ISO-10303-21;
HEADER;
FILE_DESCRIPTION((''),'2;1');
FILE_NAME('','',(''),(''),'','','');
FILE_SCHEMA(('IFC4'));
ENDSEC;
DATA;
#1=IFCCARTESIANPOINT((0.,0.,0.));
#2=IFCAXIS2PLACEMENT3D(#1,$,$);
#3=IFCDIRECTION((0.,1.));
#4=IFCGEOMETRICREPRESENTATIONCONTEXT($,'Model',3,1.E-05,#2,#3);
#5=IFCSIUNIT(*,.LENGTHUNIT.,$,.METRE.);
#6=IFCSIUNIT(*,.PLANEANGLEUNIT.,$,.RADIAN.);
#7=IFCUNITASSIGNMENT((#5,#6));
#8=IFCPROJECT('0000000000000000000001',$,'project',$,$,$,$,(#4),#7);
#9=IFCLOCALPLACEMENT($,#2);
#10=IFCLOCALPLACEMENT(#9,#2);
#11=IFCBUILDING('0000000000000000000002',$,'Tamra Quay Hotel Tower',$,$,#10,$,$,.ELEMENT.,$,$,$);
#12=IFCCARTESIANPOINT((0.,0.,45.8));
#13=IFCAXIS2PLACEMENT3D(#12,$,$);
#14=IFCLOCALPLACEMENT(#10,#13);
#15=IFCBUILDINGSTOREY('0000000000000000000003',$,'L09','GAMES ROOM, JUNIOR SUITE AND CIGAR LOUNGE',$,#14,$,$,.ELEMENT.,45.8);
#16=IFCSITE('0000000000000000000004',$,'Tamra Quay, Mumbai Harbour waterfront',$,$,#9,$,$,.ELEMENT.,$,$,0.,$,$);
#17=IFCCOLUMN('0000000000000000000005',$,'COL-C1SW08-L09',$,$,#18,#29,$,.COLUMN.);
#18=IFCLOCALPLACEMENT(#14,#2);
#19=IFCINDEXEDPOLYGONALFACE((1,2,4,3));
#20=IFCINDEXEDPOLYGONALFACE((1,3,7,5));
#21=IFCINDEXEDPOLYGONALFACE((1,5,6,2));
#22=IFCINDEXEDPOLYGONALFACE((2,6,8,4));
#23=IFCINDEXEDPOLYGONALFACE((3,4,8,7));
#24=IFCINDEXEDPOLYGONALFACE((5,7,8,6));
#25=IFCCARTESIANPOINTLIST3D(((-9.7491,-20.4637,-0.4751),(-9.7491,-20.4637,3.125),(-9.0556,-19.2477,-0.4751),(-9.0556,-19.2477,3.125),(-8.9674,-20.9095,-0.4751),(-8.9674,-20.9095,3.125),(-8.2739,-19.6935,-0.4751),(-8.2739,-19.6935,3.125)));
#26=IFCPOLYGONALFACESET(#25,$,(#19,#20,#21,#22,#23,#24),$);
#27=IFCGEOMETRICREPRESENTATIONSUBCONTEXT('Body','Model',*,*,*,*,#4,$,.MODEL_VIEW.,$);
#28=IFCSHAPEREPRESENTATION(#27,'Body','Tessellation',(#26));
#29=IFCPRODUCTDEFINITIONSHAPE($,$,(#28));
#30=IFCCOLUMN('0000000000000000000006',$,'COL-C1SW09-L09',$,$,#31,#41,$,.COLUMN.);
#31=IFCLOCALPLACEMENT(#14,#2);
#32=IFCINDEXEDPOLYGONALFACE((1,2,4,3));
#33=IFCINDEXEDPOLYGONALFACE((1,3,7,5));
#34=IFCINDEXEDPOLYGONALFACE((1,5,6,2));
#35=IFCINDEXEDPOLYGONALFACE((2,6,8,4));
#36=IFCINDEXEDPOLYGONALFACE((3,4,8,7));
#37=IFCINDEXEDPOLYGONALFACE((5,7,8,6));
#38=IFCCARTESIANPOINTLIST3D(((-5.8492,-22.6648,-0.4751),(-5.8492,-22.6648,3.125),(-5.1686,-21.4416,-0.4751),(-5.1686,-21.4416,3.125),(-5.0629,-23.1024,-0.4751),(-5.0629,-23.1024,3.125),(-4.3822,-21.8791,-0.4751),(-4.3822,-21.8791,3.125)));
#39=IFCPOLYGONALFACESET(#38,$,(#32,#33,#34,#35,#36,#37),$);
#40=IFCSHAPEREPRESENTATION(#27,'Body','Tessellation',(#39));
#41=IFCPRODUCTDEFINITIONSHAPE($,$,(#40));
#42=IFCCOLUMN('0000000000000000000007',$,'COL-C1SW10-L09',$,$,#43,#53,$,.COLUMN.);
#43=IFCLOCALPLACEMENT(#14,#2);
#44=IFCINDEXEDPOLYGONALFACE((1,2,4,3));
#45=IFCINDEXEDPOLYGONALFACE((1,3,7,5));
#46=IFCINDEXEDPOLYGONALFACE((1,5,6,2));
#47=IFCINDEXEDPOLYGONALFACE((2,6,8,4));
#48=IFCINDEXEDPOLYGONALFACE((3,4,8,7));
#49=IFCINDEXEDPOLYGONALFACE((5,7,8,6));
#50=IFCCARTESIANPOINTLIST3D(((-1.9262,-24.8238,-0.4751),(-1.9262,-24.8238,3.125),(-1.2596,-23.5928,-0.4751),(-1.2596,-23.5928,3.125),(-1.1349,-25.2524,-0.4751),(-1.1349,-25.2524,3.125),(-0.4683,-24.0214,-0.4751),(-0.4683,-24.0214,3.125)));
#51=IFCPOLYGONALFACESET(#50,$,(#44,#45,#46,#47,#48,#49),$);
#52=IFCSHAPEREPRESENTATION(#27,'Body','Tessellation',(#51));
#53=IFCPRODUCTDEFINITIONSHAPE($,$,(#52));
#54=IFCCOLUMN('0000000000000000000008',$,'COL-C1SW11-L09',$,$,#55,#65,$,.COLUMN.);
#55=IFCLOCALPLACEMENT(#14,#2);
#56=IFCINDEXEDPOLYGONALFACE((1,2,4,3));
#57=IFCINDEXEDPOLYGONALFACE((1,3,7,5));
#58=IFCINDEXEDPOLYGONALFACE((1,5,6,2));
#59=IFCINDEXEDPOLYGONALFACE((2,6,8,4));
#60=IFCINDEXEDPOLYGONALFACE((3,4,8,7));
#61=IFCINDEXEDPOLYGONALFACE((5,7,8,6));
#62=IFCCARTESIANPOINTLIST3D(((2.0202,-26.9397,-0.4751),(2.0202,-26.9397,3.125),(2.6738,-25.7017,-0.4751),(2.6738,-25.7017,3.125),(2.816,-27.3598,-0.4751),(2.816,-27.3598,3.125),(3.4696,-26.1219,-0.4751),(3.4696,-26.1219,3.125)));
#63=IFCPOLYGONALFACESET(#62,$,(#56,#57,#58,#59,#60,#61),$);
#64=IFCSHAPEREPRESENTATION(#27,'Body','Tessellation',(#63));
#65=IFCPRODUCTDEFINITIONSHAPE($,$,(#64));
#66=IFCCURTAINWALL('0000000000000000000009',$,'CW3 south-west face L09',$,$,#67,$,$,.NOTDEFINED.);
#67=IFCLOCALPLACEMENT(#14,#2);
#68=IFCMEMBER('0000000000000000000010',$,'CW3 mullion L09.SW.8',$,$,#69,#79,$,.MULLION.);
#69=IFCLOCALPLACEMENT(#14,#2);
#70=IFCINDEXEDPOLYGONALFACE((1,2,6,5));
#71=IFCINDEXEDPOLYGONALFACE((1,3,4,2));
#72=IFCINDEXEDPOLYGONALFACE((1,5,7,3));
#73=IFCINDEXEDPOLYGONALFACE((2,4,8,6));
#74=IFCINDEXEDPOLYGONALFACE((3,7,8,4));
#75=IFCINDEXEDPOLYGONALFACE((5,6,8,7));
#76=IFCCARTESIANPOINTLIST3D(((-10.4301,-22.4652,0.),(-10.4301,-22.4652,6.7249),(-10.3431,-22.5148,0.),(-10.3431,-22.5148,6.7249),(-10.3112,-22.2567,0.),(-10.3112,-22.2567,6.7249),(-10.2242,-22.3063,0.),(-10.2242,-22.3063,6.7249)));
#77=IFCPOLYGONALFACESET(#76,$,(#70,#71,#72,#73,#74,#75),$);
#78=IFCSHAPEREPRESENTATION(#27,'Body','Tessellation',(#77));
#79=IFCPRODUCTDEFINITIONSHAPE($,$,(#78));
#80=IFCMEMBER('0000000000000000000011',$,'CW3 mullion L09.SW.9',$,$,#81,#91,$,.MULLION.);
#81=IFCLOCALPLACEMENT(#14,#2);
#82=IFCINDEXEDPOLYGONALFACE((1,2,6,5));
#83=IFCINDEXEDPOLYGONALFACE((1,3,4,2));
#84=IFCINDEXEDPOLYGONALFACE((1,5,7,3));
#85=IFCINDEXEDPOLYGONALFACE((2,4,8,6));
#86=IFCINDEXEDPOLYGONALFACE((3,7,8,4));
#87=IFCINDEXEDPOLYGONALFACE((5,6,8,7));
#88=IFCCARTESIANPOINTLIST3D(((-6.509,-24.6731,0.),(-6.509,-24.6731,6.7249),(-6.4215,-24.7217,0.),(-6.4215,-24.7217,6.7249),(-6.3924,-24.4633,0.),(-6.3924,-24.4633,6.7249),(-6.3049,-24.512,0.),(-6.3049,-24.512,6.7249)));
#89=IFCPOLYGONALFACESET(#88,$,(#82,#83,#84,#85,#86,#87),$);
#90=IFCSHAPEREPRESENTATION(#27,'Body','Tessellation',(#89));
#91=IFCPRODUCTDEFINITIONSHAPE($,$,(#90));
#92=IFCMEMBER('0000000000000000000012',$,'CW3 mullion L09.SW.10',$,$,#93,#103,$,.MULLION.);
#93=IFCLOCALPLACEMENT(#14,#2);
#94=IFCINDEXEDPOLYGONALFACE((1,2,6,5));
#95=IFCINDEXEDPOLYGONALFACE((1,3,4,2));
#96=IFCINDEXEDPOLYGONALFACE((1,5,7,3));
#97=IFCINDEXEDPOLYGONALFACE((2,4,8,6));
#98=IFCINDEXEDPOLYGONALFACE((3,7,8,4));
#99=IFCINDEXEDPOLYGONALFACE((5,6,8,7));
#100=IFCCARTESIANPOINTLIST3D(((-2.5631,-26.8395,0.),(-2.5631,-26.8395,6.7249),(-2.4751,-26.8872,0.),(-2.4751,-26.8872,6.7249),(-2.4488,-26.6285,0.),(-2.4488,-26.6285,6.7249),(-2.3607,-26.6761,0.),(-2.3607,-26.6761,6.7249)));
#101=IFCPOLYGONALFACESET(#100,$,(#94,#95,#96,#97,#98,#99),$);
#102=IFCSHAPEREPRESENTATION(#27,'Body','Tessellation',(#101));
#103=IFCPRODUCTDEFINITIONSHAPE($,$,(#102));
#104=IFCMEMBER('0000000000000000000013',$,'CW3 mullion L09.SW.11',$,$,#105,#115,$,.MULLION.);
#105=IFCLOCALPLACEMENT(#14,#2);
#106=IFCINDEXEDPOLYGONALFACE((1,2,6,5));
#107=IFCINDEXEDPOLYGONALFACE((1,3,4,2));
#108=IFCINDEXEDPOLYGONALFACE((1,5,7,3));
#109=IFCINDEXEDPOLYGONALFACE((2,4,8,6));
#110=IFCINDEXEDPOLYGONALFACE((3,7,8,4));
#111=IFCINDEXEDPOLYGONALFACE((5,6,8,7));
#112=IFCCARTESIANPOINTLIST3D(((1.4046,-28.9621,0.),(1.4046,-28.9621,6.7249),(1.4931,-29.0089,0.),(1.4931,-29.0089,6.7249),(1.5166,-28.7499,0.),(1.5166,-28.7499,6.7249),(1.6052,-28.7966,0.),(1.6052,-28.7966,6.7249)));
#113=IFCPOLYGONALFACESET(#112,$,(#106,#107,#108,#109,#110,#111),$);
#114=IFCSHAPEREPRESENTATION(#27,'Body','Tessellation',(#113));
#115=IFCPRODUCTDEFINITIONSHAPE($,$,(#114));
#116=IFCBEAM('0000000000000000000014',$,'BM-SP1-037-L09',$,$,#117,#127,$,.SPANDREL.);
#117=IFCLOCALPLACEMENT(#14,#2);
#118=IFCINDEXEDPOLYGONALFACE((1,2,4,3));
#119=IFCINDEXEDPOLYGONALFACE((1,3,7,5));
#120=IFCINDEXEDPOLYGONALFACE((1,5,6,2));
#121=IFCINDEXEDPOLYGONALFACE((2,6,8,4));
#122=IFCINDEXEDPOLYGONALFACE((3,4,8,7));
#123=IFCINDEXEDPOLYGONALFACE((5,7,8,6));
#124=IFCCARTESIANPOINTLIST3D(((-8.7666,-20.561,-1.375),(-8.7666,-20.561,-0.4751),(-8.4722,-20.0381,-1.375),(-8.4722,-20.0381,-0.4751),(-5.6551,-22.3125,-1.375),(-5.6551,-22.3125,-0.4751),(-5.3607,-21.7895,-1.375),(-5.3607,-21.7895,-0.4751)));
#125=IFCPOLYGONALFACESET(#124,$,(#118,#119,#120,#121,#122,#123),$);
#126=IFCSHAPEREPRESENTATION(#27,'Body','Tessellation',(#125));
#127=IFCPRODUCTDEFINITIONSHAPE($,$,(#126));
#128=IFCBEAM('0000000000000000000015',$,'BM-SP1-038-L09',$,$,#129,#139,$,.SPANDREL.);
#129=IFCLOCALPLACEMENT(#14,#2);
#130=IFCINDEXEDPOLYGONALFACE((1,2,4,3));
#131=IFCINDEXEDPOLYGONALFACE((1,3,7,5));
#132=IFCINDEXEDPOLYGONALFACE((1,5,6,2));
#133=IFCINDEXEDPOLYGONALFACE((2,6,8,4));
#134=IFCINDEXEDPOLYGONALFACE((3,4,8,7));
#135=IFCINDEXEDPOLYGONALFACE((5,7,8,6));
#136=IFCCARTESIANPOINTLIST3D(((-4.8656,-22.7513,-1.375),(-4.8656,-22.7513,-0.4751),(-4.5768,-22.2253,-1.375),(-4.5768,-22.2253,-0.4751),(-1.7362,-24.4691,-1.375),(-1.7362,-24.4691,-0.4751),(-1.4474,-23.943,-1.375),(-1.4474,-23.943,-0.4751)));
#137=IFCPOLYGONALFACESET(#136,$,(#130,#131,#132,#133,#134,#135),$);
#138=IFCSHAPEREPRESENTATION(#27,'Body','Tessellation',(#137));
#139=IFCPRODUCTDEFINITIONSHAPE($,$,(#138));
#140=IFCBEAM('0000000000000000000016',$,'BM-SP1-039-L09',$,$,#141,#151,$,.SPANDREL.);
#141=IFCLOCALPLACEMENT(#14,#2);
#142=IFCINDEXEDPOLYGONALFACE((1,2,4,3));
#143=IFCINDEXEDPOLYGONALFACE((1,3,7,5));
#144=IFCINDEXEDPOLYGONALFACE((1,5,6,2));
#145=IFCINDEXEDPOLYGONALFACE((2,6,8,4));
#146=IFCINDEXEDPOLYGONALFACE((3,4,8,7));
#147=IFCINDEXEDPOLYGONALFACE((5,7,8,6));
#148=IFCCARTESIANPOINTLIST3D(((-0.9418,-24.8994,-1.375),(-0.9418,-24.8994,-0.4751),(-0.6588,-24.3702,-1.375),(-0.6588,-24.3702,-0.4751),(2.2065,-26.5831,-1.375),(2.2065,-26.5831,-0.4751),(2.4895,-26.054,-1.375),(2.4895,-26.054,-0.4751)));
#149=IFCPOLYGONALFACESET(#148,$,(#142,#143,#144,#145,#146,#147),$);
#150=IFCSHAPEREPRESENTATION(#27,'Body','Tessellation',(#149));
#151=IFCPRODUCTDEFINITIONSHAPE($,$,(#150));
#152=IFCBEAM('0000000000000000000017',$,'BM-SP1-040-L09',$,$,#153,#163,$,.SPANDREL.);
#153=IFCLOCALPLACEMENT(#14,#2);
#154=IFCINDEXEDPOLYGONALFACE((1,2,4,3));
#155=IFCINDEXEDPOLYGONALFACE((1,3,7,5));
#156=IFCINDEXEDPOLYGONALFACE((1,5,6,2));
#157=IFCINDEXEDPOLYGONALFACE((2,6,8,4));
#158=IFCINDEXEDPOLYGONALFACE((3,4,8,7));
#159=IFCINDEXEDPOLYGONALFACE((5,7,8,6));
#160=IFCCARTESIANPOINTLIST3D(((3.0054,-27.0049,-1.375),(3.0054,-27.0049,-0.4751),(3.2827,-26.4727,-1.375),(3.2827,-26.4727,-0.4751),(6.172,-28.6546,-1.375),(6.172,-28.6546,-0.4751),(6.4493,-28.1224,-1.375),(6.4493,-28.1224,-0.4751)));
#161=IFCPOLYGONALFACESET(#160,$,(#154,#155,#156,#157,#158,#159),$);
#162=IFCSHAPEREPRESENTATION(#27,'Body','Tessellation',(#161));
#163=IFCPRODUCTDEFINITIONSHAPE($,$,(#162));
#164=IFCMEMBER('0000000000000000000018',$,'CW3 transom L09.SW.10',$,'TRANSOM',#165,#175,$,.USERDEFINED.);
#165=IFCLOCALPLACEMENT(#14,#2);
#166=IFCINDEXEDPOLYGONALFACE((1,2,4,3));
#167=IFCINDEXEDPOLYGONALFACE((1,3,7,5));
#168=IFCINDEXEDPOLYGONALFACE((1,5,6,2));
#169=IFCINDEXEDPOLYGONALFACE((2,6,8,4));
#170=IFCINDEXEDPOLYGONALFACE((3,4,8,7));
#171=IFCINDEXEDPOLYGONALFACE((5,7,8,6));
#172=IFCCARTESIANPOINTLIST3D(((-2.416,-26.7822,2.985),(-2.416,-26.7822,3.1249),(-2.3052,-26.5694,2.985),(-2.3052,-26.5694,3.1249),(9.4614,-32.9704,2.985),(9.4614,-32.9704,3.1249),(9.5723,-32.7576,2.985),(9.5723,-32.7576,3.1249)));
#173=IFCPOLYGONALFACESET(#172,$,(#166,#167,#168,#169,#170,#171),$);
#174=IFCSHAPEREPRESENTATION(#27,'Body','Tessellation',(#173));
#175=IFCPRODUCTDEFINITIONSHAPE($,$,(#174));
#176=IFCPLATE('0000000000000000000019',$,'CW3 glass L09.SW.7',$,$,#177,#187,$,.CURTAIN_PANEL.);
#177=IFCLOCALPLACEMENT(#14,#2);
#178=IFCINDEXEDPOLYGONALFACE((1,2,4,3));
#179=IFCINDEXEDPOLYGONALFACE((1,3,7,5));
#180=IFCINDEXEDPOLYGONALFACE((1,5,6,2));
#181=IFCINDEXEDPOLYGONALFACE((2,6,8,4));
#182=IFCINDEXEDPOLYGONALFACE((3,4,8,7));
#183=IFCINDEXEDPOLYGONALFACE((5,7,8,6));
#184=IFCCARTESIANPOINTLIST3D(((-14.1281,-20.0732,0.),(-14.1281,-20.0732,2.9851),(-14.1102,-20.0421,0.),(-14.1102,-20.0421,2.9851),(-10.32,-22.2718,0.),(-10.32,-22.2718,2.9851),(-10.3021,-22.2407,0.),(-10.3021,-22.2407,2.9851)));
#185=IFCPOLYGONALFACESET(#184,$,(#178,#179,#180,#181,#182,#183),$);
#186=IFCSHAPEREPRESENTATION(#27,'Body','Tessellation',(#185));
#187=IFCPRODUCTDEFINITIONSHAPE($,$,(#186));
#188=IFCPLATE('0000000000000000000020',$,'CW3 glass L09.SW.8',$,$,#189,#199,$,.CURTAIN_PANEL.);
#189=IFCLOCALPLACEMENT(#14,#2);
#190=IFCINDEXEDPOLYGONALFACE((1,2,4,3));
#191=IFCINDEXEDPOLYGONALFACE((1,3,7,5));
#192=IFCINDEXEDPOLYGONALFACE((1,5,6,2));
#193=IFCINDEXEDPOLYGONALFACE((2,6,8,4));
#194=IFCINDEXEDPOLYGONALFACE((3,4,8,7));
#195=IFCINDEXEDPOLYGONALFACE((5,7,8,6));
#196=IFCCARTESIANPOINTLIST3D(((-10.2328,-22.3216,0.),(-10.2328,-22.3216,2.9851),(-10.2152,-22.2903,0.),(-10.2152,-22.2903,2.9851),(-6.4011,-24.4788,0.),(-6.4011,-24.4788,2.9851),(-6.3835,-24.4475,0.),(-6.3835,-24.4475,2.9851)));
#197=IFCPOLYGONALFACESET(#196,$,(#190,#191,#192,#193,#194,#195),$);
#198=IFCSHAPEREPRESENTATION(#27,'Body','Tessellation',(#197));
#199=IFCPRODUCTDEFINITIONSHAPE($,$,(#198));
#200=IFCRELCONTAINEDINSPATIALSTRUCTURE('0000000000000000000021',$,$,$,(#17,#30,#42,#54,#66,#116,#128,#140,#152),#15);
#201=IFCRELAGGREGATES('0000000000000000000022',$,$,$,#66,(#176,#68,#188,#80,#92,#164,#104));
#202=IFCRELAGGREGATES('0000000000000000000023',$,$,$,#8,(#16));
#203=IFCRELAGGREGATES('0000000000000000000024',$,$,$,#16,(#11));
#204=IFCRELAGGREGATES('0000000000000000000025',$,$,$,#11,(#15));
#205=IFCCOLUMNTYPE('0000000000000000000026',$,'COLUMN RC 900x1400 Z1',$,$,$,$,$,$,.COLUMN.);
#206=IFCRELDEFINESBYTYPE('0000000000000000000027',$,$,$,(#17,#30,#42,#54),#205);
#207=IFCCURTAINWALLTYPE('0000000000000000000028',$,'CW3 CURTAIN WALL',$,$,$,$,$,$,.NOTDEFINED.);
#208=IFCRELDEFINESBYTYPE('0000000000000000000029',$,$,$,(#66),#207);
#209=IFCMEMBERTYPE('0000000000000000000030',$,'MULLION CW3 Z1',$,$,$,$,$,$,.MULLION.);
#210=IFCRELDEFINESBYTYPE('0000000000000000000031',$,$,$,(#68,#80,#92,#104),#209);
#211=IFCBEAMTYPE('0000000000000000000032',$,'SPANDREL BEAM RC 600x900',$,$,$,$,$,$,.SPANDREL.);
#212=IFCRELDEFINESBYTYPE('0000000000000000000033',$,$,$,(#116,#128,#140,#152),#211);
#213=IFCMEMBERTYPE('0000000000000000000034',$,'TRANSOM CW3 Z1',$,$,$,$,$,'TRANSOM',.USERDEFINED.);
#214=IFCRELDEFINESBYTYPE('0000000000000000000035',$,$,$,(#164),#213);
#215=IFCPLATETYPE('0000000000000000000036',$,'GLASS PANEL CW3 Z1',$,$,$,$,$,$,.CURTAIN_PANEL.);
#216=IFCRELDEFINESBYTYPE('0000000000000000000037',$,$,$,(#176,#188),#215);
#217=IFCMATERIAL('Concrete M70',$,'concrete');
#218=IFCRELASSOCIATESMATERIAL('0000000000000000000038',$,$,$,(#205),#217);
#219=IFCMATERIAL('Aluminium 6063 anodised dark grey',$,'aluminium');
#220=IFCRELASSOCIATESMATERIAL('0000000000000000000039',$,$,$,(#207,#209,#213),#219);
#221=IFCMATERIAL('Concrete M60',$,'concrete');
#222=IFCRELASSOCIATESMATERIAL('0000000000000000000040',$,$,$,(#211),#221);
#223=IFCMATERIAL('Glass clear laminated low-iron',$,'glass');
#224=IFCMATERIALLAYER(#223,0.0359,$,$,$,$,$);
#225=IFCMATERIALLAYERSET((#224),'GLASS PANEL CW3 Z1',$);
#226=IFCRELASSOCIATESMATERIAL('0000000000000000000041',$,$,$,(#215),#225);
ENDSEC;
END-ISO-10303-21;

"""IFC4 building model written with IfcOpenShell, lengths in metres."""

from ifc_helpers import new_model, si_unit, direction, frame, origin, origin_2d, place, context, subcontext, project, spatial, rectangle, extrude, material, layer, layer_set, material_profile, profile_set, type_object, element, aggregate, save


model = new_model("IFC4")

# Units and contexts
model_context = context("Model", 3, precision=1e-05, world=origin(), true_north=direction((0.0, 1.0)))
body_context = subcontext(model_context, "Body", "Model", "MODEL_VIEW")
ifc_project = project(units=[si_unit("LENGTHUNIT", "METRE"), si_unit("PLANEANGLEUNIT", "RADIAN")], contexts=[model_context])

# Site, building, storey
site_placement = place(None, origin())
site = spatial("IfcSite", under=ifc_project, at=site_placement, Name="Tamra Quay, Mumbai Harbour waterfront", CompositionType="ELEMENT", RefElevation=0.0)
building_placement = place(site_placement, origin())
building = spatial("IfcBuilding", under=site, at=building_placement, Name="Tamra Quay Hotel Tower", CompositionType="ELEMENT")
storey_placement = place(building_placement, frame((0.0, 0.0, 45.8)))
storey = spatial("IfcBuildingStorey", under=building, at=storey_placement, Name="L09", Description="GAMES ROOM, JUNIOR SUITE AND CIGAR LOUNGE", CompositionType="ELEMENT", Elevation=45.8)

# Columns
ifc_material_1 = material(Name="Concrete M70", Category="concrete")
ifc_material_profile_1 = material_profile(ifc_material_1, rectangle(XDim=1.3999, YDim=0.8999, at=origin_2d()), Name="COLUMN RC 900x1400 Z1")
ifc_profile_set_1 = profile_set([ifc_material_profile_1], Name="Concrete M70")
column_type = type_object("IfcColumnType", Name="COLUMN RC 900x1400 Z1", PredefinedType="COLUMN", material=ifc_profile_set_1)
for number, where, z_axis, x_axis, name in (
    (1, (-9.0115, -20.0786, -0.4751), (0.0, 0.0, 1.0), (0.495421, 0.868653, 0.0), "COL-C1SW08-L09"),
    (2, (-5.1157, -22.272, -0.4751), (0.0, 0.0, 1.0), (0.486221, 0.873836, 0.0), "COL-C1SW09-L09"),
    (3, (-1.1973, -24.4226, -0.4751), (0.0, 0.0, 1.0), (0.476198, 0.879338, 0.0), "COL-C1SW10-L09"),
    (4, (2.7449, -26.5308, -0.4751), (0.0, 0.0, 1.0), (0.466896, 0.884312, 0.0), "COL-C1SW11-L09"),
):
    element("IfcColumn", number, at=place(storey_placement, frame(where, z_axis=z_axis, x_axis=x_axis)), inside=storey, type_object=column_type, Name=name, PredefinedType="COLUMN", context=body_context, shape_type="SweptSolid", body=[
        extrude(rectangle(XDim=1.3999, YDim=0.8999, at=origin_2d()), origin(), (0.0, 0.0, 1.0), 3.6001),
    ])

# Curtain wall, members
ifc_material_2 = material(Name="Aluminium 6063 anodised dark grey", Category="aluminium")
curtain_wall_type = type_object("IfcCurtainWallType", Name="CW3 CURTAIN WALL", PredefinedType="NOTDEFINED", material=ifc_material_2)
curtain_wall_placement = place(storey_placement, origin())
curtain_wall = element("IfcCurtainWall", 5, at=curtain_wall_placement, inside=storey, type_object=curtain_wall_type, Name="CW3 south-west face L09", PredefinedType="NOTDEFINED")
ifc_material_profile_2 = material_profile(ifc_material_2, rectangle(XDim=0.24, YDim=0.1001, at=origin_2d()), Name="MULLION 100X240")
ifc_profile_set_2 = profile_set([ifc_material_profile_2], Name="Aluminium 6063 anodised dark grey")
member_type_1 = type_object("IfcMemberType", Name="MULLION CW3 Z1", PredefinedType="MULLION", material=ifc_profile_set_2)
member_1_placement = place(storey_placement, frame((-10.3271, -22.3857, 0.0), z_axis=(0.0, 0.0, 1.0), x_axis=(-0.495301, -0.868722, 0.0)))
member_1 = element("IfcMember", 6, at=member_1_placement, type_object=member_type_1, Name="CW3 mullion L09.SW.8", PredefinedType="MULLION", context=body_context, shape_type="SweptSolid", body=[
    extrude(rectangle(XDim=0.24, YDim=0.1001, at=origin_2d()), origin(), (0.0, 0.0, 1.0), 6.7249),
])
member_2_placement = place(storey_placement, frame((-6.407, -24.5925, 0.0), z_axis=(0.0, 0.0, 1.0), x_axis=(-0.485864, -0.874035, 0.0)))
member_2 = element("IfcMember", 7, at=member_2_placement, type_object=member_type_1, Name="CW3 mullion L09.SW.9", PredefinedType="MULLION", context=body_context, shape_type="SweptSolid", body=[
    extrude(rectangle(XDim=0.24, YDim=0.1001, at=origin_2d()), origin(), (0.0, 0.0, 1.0), 6.7249),
])
member_3_placement = place(storey_placement, frame((-2.4619, -26.7578, 0.0), z_axis=(0.0, 0.0, 1.0), x_axis=(-0.476377, -0.879241, 0.0)))
member_3 = element("IfcMember", 8, at=member_3_placement, type_object=member_type_1, Name="CW3 mullion L09.SW.10", PredefinedType="MULLION", context=body_context, shape_type="SweptSolid", body=[
    extrude(rectangle(XDim=0.24, YDim=0.1001, at=origin_2d()), origin(), (0.0, 0.0, 1.0), 6.7249),
])
member_4_placement = place(storey_placement, frame((1.5049, -28.8794, 0.0), z_axis=(0.0, 0.0, 1.0), x_axis=(-0.466835, -0.884344, 0.0)))
member_4 = element("IfcMember", 9, at=member_4_placement, type_object=member_type_1, Name="CW3 mullion L09.SW.11", PredefinedType="MULLION", context=body_context, shape_type="SweptSolid", body=[
    extrude(rectangle(XDim=0.24, YDim=0.1001, at=origin_2d()), origin(), (0.0, 0.0, 1.0), 6.7249),
])

# Beams
ifc_material_3 = material(Name="Concrete M60", Category="concrete")
ifc_material_profile_3 = material_profile(ifc_material_3, rectangle(XDim=0.6001, YDim=0.8999, at=origin_2d()), Name="SPANDREL BEAM RC 600x900")
ifc_profile_set_3 = profile_set([ifc_material_profile_3], Name="Concrete M60")
beam_type = type_object("IfcBeamType", Name="SPANDREL BEAM RC 600x900", PredefinedType="SPANDREL", material=ifc_profile_set_3)
beam_1_placement = place(storey_placement, frame((-8.6194, -20.2996, -0.925), z_axis=(0.871431, -0.490518, 0.0), x_axis=(0.490518, 0.871431, 0.0)))
element("IfcBeam", 10, at=beam_1_placement, inside=storey, type_object=beam_type, Name="BM-SP1-037-L09", PredefinedType="SPANDREL", context=body_context, shape_type="SweptSolid", body=[
    extrude(rectangle(XDim=0.6001, YDim=0.8999, at=origin_2d()), origin(), (0.0, 0.0, 1.0), 3.5706),
])
beam_2_placement = place(storey_placement, frame((-4.7212, -22.4883, -0.925), z_axis=(0.876617, -0.481189, 0.0), x_axis=(0.481189, 0.876617, 0.0)))
element("IfcBeam", 11, at=beam_2_placement, inside=storey, type_object=beam_type, Name="BM-SP1-038-L09", PredefinedType="SPANDREL", context=body_context, shape_type="SweptSolid", body=[
    extrude(rectangle(XDim=0.6001, YDim=0.8999, at=origin_2d()), origin(), (0.0, 0.0, 1.0), 3.5698),
])
beam_3_placement = place(storey_placement, frame((-0.8003, -24.6348, -0.925), z_axis=(0.881809, -0.471607, 0.0), x_axis=(0.471607, 0.881809, 0.0)))
element("IfcBeam", 12, at=beam_3_placement, inside=storey, type_object=beam_type, Name="BM-SP1-039-L09", PredefinedType="SPANDREL", context=body_context, shape_type="SweptSolid", body=[
    extrude(rectangle(XDim=0.6001, YDim=0.8999, at=origin_2d()), origin(), (0.0, 0.0, 1.0), 3.5703),
])
beam_4_placement = place(storey_placement, frame((3.144, -26.7388, -0.925), z_axis=(0.886864, -0.462031, 0.0), x_axis=(0.462031, 0.886864, 0.0)))
element("IfcBeam", 13, at=beam_4_placement, inside=storey, type_object=beam_type, Name="BM-SP1-040-L09", PredefinedType="SPANDREL", context=body_context, shape_type="SweptSolid", body=[
    extrude(rectangle(XDim=0.6001, YDim=0.8999, at=origin_2d()), origin(), (0.0, 0.0, 1.0), 3.5706),
])

# Member
ifc_material_profile_4 = material_profile(ifc_material_2, rectangle(XDim=0.24, YDim=0.1399, at=origin_2d()), Name="TRANSOM 240X140")
ifc_profile_set_4 = profile_set([ifc_material_profile_4], Name="Aluminium 6063 anodised dark grey")
member_type_2 = type_object("IfcMemberType", Name="TRANSOM CW3 Z1", ElementType="TRANSOM", PredefinedType="USERDEFINED", material=ifc_profile_set_4)
member_5_placement = place(storey_placement, frame((-2.3606, -26.6758, 3.0549), z_axis=(0.886851, -0.462056, 0.0), x_axis=(0.462056, 0.886851, 0.0)))
member_5 = element("IfcMember", 14, at=member_5_placement, type_object=member_type_2, Name="CW3 transom L09.SW.10", ObjectType="TRANSOM", PredefinedType="USERDEFINED", context=body_context, shape_type="SweptSolid", body=[
    extrude(rectangle(XDim=0.24, YDim=0.1399, at=origin_2d()), origin(), (0.0, 0.0, 1.0), 13.3928),
])

# Plates
ifc_material_4 = material(Name="Glass clear laminated low-iron", Category="glass")
ifc_layer_1 = layer(ifc_material_4, 0.0359)
ifc_layer_set_1 = layer_set([ifc_layer_1], Name="GLASS PANEL CW3 Z1")
plate_type = type_object("IfcPlateType", Name="GLASS PANEL CW3 Z1", PredefinedType="CURTAIN_PANEL", material=ifc_layer_set_1)
plate_1_placement = place(storey_placement, frame((-12.2151, -21.157, 0.0), z_axis=(0.0, 0.0, 1.0), x_axis=(0.866025, -0.5, 0.0)))
plate_1 = element("IfcPlate", 15, at=plate_1_placement, type_object=plate_type, Name="CW3 glass L09.SW.7", PredefinedType="CURTAIN_PANEL", context=body_context, shape_type="SweptSolid", body=[
    extrude(rectangle(XDim=4.3972, YDim=0.0359, at=origin_2d()), origin(), (0.0, 0.0, 1.0), 2.9851),
])
plate_2_placement = place(storey_placement, frame((-8.3081, -23.3845, 0.0), z_axis=(0.0, 0.0, 1.0), x_axis=(0.871392, -0.490587, 0.0)))
plate_2 = element("IfcPlate", 16, at=plate_2_placement, type_object=plate_type, Name="CW3 glass L09.SW.8", PredefinedType="CURTAIN_PANEL", context=body_context, shape_type="SweptSolid", body=[
    extrude(rectangle(XDim=4.3972, YDim=0.0359, at=origin_2d()), origin(), (0.0, 0.0, 1.0), 2.9851),
])
aggregate(curtain_wall, [plate_1, member_1, plate_2, member_2, member_3, member_5, member_4])

save(model, "model.ifc")
